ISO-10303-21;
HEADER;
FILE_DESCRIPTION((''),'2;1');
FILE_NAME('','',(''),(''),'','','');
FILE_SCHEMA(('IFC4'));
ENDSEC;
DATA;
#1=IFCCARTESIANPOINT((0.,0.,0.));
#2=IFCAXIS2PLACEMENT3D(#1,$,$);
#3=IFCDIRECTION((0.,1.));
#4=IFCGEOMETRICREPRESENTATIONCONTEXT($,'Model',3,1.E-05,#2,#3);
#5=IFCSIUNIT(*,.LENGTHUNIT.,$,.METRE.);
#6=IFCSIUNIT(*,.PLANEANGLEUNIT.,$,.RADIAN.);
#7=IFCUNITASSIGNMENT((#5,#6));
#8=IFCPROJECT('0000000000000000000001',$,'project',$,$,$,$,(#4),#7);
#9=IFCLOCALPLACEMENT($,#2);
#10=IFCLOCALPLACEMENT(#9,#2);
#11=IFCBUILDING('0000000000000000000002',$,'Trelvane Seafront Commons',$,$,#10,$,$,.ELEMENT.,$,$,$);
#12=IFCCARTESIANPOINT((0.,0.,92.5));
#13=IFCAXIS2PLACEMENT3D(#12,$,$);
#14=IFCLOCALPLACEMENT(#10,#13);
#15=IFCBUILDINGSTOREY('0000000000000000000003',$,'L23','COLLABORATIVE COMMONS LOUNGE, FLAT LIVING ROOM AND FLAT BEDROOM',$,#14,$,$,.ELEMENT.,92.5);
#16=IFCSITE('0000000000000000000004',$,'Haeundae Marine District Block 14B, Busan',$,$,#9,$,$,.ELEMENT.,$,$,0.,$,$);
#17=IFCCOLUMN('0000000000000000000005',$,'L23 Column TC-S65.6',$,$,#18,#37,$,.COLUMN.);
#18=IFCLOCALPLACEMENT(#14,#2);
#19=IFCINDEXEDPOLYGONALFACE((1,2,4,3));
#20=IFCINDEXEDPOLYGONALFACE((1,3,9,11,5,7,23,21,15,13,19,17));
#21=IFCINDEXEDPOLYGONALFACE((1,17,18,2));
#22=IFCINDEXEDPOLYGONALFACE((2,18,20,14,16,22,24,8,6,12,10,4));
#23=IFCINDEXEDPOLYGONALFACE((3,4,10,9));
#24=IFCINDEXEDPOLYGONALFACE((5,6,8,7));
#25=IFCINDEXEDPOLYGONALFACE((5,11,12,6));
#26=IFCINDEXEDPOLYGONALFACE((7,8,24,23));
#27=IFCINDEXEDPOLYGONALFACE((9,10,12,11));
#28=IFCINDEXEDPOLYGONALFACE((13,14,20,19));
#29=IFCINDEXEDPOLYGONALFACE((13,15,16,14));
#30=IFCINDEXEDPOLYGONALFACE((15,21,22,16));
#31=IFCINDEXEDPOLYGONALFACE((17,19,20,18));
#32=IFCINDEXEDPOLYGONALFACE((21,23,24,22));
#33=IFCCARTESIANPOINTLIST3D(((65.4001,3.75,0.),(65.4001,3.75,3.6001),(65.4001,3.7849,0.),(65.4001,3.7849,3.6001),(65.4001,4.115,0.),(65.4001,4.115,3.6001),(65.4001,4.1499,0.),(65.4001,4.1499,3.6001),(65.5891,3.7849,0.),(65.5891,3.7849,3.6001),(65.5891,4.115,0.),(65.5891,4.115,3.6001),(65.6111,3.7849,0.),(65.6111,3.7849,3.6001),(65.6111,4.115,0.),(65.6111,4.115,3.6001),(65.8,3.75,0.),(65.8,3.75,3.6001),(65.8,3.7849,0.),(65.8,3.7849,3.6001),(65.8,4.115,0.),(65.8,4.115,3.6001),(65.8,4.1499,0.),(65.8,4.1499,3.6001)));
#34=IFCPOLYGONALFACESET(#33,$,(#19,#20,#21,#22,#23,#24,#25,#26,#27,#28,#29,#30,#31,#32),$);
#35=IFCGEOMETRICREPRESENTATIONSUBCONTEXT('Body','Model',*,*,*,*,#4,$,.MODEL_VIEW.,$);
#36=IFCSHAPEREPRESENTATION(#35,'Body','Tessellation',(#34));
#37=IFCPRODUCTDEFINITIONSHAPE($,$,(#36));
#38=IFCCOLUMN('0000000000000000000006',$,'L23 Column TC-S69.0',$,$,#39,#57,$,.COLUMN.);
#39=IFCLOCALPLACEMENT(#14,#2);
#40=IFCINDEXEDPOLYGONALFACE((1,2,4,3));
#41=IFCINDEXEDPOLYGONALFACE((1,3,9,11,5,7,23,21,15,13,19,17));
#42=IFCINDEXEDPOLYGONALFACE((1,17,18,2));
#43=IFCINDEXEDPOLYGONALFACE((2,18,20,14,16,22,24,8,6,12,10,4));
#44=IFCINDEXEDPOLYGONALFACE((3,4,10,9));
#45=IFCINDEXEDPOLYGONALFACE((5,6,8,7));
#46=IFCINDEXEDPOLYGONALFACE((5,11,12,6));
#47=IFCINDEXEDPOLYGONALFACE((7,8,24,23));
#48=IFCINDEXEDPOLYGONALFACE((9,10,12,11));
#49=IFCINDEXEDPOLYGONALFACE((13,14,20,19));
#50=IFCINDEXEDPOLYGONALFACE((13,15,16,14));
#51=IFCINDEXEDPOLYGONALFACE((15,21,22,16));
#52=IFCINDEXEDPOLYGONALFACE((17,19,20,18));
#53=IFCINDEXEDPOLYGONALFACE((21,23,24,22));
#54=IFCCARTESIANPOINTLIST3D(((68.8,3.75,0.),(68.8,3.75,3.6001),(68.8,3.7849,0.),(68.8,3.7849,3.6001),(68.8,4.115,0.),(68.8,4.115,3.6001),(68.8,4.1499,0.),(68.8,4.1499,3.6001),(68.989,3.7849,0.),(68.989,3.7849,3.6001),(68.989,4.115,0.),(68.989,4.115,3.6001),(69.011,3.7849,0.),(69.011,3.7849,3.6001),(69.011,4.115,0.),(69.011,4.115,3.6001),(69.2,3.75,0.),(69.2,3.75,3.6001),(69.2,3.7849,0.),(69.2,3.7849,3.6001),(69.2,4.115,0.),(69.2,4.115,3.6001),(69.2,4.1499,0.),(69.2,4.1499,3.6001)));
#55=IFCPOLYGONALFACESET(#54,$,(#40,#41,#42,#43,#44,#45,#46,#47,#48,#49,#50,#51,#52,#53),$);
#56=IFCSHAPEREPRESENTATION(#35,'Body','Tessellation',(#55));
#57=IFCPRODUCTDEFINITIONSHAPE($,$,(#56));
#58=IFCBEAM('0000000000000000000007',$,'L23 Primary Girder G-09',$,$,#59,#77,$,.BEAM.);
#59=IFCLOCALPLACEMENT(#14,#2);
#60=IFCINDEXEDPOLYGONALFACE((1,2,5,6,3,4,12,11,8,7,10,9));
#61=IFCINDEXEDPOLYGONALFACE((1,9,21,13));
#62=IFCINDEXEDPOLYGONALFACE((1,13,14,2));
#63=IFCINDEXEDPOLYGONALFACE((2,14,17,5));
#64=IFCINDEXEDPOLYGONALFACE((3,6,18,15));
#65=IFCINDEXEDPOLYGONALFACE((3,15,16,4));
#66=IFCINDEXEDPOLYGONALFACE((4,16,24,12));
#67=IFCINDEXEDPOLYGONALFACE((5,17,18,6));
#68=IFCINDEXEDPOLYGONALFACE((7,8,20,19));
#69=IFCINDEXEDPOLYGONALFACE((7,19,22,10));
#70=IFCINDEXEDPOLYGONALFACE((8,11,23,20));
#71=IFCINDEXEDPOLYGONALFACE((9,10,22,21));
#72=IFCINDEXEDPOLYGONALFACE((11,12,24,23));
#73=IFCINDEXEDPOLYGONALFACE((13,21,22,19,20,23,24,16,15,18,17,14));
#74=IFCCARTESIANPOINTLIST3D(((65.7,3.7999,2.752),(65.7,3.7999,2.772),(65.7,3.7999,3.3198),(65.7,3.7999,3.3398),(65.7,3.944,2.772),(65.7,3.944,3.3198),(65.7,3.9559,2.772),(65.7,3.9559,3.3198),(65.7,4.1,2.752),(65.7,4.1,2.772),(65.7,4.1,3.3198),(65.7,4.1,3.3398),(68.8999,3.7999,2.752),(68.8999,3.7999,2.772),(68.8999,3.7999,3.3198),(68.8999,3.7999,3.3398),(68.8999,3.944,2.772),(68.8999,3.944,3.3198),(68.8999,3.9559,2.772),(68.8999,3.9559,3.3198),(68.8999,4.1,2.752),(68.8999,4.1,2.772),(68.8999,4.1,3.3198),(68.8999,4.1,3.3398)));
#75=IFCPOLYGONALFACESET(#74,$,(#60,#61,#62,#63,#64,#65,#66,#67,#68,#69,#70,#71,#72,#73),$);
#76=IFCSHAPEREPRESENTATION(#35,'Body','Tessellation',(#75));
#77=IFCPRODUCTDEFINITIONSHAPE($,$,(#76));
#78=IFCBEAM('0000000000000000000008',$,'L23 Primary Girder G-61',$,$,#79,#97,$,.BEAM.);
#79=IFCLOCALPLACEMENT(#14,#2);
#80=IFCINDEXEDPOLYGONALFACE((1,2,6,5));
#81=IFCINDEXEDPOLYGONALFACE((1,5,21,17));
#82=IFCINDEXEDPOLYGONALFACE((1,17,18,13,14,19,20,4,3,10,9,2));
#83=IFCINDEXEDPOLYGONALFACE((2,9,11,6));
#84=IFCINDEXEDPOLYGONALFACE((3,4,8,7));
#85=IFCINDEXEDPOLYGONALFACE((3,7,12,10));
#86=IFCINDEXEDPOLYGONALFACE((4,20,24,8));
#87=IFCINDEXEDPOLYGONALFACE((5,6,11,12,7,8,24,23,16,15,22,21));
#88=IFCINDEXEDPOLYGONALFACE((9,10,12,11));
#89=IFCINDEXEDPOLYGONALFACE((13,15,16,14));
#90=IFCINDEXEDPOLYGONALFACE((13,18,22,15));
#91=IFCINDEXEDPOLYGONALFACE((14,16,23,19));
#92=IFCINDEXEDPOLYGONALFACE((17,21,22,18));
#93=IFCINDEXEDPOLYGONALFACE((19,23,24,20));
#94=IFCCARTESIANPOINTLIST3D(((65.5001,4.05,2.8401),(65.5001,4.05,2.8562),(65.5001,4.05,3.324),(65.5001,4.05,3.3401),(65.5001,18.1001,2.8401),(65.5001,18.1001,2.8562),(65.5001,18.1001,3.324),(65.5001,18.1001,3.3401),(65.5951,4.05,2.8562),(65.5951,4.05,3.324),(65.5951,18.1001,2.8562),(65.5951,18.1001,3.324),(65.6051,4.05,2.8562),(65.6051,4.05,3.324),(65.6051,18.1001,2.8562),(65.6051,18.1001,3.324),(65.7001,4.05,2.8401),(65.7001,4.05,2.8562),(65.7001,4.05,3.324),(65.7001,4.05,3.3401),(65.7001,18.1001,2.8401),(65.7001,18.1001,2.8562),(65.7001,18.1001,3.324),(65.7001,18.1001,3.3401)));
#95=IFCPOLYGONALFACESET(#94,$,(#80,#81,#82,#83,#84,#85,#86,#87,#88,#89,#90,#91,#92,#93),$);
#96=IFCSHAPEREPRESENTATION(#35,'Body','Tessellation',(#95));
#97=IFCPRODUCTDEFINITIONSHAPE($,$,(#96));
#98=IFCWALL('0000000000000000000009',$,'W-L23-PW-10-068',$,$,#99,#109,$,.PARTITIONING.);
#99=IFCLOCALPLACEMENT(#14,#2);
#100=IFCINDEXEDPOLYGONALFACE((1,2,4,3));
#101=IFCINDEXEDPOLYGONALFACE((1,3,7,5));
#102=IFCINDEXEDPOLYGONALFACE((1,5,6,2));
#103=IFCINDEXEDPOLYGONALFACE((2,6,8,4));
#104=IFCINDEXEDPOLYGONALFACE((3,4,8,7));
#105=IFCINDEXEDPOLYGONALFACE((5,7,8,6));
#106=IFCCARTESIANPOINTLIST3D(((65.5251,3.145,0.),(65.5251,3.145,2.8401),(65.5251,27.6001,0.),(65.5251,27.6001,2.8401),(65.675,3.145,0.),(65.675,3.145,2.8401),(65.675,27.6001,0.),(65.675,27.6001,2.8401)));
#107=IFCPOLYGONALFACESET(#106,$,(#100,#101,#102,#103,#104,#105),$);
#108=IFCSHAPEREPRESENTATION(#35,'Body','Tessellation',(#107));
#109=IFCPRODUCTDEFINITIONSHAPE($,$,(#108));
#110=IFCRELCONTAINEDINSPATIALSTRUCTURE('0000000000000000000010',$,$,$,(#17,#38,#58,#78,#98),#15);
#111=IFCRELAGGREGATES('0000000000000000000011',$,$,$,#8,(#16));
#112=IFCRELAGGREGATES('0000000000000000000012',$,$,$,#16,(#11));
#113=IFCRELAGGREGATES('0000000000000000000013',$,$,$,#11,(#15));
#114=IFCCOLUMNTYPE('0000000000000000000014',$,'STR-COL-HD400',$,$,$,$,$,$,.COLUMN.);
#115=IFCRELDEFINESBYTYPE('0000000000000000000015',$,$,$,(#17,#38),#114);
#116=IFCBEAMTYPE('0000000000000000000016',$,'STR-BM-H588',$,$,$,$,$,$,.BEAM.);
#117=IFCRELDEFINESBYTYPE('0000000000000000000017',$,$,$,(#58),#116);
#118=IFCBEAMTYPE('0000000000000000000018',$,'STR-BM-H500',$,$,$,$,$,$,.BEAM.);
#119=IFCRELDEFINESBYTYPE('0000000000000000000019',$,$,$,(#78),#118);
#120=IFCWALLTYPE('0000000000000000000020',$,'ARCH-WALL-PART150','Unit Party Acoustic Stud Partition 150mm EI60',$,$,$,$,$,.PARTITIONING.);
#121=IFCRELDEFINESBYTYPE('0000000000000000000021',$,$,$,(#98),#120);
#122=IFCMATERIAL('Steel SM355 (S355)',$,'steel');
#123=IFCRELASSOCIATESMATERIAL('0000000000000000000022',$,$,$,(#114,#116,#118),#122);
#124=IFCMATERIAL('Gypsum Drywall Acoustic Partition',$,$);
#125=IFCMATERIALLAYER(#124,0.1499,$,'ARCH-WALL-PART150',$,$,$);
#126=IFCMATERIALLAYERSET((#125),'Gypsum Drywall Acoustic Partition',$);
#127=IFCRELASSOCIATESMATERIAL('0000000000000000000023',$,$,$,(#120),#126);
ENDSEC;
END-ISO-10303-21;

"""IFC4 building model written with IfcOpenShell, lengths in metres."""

from ifc_helpers import new_model, si_unit, direction, frame, frame_2d, origin, origin_2d, place, context, subcontext, project, spatial, rectangle, i_section, extrude, source, transform, mapped, material, layer, layer_set, material_profile, profile_set, type_object, element, save


model = new_model("IFC4")

# Units and contexts
model_context = context("Model", 3, precision=1e-05, world=origin(), true_north=direction((0.0, 1.0)))
body_context = subcontext(model_context, "Body", "Model", "MODEL_VIEW")
ifc_project = project(units=[si_unit("LENGTHUNIT", "METRE"), si_unit("PLANEANGLEUNIT", "RADIAN")], contexts=[model_context])

# Site, building, storey
site_placement = place(None, origin())
site = spatial("IfcSite", under=ifc_project, at=site_placement, Name="Haeundae Marine District Block 14B, Busan", CompositionType="ELEMENT", RefElevation=0.0)
building_placement = place(site_placement, origin())
building = spatial("IfcBuilding", under=site, at=building_placement, Name="Trelvane Seafront Commons", CompositionType="ELEMENT")
storey_placement = place(building_placement, frame((0.0, 0.0, 92.5)))
storey = spatial("IfcBuildingStorey", under=building, at=storey_placement, Name="L23", Description="COLLABORATIVE COMMONS LOUNGE, FLAT LIVING ROOM AND FLAT BEDROOM", CompositionType="ELEMENT", Elevation=92.5)

# Columns
ifc_material_1 = material(Name="Steel SM355 (S355)", Category="steel")
ifc_material_profile_1 = material_profile(ifc_material_1, i_section(OverallWidth=0.3999, OverallDepth=0.3999, WebThickness=0.022, FlangeThickness=0.0349, at=origin_2d()), Name="HD-400x400x22x35")
ifc_profile_set_1 = profile_set([ifc_material_profile_1], Name="Steel SM355 (S355)")
column_type = type_object("IfcColumnType", Name="STR-COL-HD400", PredefinedType="COLUMN", material=ifc_profile_set_1)
shared_shape_1 = source(origin(), body_context, "Body", "SweptSolid", [
    extrude(i_section(OverallWidth=0.3999, OverallDepth=0.3999, WebThickness=0.022, FlangeThickness=0.0349, at=origin_2d()), origin(), (0.0, 0.0, 1.0), 3.6001),
])
for number, where, z_axis, x_axis, name in (
    (1, (65.6001, 3.95, 0.0), (0.0, 0.0, 1.0), (1.0, 0.0, 0.0), "L23 Column TC-S65.6"),
    (2, (69.0, 3.95, 0.0), (0.0, 0.0, 1.0), (1.0, 0.0, 0.0), "L23 Column TC-S69.0"),
):
    element("IfcColumn", number, at=place(storey_placement, frame(where, z_axis=z_axis, x_axis=x_axis)), inside=storey, type_object=column_type, Name=name, PredefinedType="COLUMN", context=body_context, shape_type="MappedRepresentation", body=[
        mapped(shared_shape_1, transform((0.0, 0.0, 0.0), x_axis=(1.0, 0.0, 0.0), y_axis=(0.0, 1.0, 0.0), z_axis=(0.0, 0.0, 1.0), scale=1.0)),
    ])

# Beams
ifc_material_profile_2 = material_profile(ifc_material_1, i_section(OverallWidth=0.3, OverallDepth=0.5879, WebThickness=0.012, FlangeThickness=0.02, at=origin_2d()), Name="H-588x300x12x20")
ifc_profile_set_2 = profile_set([ifc_material_profile_2], Name="Steel SM355 (S355)")
beam_type_1 = type_object("IfcBeamType", Name="STR-BM-H588", PredefinedType="BEAM", material=ifc_profile_set_2)
shared_shape_2 = source(origin(), body_context, "Body", "SweptSolid", [
    extrude(i_section(OverallWidth=0.3, OverallDepth=0.5879, WebThickness=0.012, FlangeThickness=0.02, at=origin_2d()), origin(), (0.0, 0.0, 1.0), 3.2),
])
beam_1_placement = place(storey_placement, frame((65.7, 3.95, 3.0459), z_axis=(1.0, 0.0, 0.0), x_axis=(0.0, 1.0, 0.0)))
element("IfcBeam", 3, at=beam_1_placement, inside=storey, type_object=beam_type_1, Name="L23 Primary Girder G-09", PredefinedType="BEAM", context=body_context, shape_type="MappedRepresentation", body=[
    mapped(shared_shape_2, transform((0.0, 0.0, 0.0), x_axis=(1.0, 0.0, 0.0), y_axis=(0.0, 1.0, 0.0), z_axis=(0.0, 0.0, 1.0), scale=1.0)),
])
ifc_material_profile_3 = material_profile(ifc_material_1, i_section(OverallWidth=0.2, OverallDepth=0.5, WebThickness=0.01, FlangeThickness=0.0161, at=origin_2d()), Name="H-500x200x10x16")
ifc_profile_set_3 = profile_set([ifc_material_profile_3], Name="Steel SM355 (S355)")
beam_type_2 = type_object("IfcBeamType", Name="STR-BM-H500", PredefinedType="BEAM", material=ifc_profile_set_3)
shared_shape_3 = source(origin(), body_context, "Body", "SweptSolid", [
    extrude(i_section(OverallWidth=0.2, OverallDepth=0.5, WebThickness=0.01, FlangeThickness=0.0161, at=origin_2d()), origin(), (0.0, 0.0, 1.0), 14.05),
])
beam_2_placement = place(storey_placement, frame((65.6001, 4.05, 3.0901), z_axis=(0.0, 1.0, 0.0), x_axis=(-1.0, 0.0, 0.0)))
element("IfcBeam", 4, at=beam_2_placement, inside=storey, type_object=beam_type_2, Name="L23 Primary Girder G-61", PredefinedType="BEAM", context=body_context, shape_type="MappedRepresentation", body=[
    mapped(shared_shape_3, transform((0.0, 0.0, 0.0), x_axis=(1.0, 0.0, 0.0), y_axis=(0.0, 1.0, 0.0), z_axis=(0.0, 0.0, 1.0), scale=1.0)),
])

# Wall
ifc_material_2 = material(Name="Gypsum Drywall Acoustic Partition")
ifc_layer_1 = layer(ifc_material_2, 0.1499, Name="ARCH-WALL-PART150")
ifc_layer_set_1 = layer_set([ifc_layer_1], Name="Gypsum Drywall Acoustic Partition")
wall_type_1 = type_object("IfcWallType", Name="ARCH-WALL-PART150", Description="Unit Party Acoustic Stud Partition 150mm EI60", PredefinedType="PARTITIONING", material=ifc_layer_set_1)
wall_1_placement = place(storey_placement, frame((65.6001, 3.145, 0.0), z_axis=(0.0, 0.0, 1.0), x_axis=(0.0, 1.0, 0.0)))
element("IfcWall", 5, at=wall_1_placement, inside=storey, type_object=wall_type_1, Name="W-L23-PW-10-068", PredefinedType="PARTITIONING", context=body_context, shape_type="SweptSolid", body=[
    extrude(rectangle(XDim=24.4551, YDim=0.1499, at=frame_2d((12.2275, 0.0))), origin(), (0.0, 0.0, 1.0), 2.8401),
])

save(model, "model.ifc")
